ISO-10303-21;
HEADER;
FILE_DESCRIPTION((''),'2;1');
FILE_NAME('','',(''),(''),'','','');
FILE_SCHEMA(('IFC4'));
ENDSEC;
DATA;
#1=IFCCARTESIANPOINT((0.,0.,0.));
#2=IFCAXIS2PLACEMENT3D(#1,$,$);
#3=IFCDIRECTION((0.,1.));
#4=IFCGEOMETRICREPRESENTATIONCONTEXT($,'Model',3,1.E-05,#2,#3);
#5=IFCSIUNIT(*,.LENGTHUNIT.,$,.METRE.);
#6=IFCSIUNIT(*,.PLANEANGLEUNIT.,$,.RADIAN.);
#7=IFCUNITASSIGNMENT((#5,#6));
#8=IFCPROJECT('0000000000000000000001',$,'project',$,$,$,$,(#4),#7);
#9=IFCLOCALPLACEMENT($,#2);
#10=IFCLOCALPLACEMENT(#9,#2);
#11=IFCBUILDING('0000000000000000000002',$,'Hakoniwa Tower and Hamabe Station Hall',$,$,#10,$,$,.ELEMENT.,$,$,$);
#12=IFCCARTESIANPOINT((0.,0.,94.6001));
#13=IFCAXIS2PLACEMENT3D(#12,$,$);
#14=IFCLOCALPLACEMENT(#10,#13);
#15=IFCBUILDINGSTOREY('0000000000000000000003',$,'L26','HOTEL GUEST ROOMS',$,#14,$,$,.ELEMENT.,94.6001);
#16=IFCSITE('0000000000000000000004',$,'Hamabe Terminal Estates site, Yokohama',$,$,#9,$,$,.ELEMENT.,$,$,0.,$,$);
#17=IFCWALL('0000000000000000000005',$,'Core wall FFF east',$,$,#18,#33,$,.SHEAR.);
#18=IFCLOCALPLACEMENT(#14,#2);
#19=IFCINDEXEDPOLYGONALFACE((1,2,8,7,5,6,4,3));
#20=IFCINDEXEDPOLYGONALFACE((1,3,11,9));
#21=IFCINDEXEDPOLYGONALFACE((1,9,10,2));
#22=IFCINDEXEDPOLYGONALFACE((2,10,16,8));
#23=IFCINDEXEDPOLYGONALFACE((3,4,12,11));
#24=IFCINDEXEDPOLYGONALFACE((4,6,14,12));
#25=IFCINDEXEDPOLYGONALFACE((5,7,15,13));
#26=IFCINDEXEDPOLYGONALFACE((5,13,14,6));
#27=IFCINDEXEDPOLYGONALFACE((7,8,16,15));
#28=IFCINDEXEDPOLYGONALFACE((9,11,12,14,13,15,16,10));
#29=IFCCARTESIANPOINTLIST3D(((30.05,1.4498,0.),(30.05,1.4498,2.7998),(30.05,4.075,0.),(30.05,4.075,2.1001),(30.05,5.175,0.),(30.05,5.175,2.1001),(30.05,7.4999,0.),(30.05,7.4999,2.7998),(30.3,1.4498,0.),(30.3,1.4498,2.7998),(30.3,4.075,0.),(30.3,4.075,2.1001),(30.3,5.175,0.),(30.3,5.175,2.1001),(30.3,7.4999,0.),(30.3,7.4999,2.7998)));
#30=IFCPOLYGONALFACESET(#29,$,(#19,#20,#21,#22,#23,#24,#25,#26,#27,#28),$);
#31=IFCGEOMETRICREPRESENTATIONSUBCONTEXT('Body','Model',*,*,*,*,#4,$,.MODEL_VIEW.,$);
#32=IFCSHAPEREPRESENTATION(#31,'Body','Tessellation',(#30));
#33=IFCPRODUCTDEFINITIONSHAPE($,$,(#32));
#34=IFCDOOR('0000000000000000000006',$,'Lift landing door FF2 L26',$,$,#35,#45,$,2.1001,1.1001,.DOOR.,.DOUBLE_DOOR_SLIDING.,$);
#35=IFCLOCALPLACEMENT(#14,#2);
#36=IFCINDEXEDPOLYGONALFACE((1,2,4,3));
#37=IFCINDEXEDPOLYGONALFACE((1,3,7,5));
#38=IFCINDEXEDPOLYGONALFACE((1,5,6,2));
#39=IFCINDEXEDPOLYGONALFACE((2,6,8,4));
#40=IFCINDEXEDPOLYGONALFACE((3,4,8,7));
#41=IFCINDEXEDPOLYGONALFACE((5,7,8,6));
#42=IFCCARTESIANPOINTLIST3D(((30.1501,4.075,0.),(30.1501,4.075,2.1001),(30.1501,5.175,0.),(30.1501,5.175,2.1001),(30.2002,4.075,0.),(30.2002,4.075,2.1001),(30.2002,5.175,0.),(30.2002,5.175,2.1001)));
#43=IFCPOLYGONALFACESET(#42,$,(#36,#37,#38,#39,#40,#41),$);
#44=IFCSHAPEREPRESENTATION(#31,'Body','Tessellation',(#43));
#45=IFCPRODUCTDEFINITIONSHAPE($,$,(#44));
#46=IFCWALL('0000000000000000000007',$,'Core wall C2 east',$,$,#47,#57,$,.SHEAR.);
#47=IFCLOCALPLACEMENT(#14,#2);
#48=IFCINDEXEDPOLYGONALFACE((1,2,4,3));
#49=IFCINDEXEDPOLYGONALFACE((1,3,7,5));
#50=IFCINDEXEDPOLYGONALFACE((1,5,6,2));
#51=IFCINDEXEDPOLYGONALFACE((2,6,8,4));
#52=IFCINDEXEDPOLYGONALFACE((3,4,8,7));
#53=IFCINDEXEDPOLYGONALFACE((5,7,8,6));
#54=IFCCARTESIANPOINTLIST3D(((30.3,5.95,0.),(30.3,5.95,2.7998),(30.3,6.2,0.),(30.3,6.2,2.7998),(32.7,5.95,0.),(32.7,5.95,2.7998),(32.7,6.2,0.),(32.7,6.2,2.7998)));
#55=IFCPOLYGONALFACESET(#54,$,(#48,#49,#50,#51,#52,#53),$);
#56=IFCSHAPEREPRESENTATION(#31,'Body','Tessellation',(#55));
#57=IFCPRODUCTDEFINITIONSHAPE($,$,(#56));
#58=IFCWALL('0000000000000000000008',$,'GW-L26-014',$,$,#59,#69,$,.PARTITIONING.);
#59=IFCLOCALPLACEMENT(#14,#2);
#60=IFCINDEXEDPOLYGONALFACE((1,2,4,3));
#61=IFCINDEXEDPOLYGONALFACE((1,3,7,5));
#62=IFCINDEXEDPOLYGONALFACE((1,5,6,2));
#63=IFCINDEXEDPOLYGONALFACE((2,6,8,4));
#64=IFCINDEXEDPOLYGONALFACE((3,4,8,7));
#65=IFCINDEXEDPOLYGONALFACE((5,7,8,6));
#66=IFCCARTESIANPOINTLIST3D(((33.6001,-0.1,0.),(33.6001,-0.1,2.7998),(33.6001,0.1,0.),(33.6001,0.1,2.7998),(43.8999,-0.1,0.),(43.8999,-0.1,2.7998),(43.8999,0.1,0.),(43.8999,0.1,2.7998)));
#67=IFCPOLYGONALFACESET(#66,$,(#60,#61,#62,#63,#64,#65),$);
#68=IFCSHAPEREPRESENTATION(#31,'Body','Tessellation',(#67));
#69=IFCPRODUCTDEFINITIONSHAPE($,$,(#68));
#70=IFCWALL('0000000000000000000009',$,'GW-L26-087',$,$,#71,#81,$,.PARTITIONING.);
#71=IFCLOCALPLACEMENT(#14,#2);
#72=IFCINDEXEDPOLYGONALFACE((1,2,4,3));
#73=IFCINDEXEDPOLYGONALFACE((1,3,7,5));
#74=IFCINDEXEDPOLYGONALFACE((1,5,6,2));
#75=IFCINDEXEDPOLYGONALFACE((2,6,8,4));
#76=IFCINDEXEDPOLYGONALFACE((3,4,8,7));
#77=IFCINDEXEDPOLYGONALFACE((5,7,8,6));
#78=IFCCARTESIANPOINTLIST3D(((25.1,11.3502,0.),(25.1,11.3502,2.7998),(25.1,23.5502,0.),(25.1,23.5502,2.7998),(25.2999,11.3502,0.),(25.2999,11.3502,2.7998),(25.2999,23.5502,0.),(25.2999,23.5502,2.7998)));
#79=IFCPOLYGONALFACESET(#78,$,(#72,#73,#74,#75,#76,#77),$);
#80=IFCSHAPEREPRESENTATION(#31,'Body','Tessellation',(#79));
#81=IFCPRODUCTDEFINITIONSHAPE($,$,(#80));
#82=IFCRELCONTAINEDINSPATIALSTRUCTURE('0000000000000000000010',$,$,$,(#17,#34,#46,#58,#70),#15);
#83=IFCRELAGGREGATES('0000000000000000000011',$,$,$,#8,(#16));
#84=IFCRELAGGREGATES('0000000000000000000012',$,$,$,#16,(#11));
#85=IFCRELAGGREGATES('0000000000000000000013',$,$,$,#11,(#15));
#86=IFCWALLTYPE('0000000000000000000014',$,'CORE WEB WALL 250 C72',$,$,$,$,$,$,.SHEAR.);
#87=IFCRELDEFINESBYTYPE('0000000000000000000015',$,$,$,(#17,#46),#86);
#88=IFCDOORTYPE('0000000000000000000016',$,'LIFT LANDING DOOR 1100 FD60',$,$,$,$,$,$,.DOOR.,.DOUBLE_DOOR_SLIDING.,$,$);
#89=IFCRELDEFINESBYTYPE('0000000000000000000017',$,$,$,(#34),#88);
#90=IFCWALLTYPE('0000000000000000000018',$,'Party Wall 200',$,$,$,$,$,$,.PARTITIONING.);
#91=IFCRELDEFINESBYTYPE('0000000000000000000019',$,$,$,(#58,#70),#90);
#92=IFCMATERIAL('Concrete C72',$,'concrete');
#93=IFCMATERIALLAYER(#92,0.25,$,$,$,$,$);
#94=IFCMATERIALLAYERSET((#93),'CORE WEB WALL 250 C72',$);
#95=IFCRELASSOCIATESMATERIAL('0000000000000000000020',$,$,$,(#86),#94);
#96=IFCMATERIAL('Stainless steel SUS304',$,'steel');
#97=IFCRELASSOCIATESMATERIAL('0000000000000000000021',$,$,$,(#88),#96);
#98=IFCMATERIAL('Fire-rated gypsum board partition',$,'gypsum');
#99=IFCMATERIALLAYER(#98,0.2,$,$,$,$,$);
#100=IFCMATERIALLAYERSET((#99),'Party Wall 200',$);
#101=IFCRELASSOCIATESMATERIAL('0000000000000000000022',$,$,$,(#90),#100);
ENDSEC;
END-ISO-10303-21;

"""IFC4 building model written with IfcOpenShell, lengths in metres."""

from ifc_helpers import new_model, si_unit, direction, frame, frame_2d, origin, place, context, subcontext, project, spatial, rectangle, extrude, material, layer, layer_set, type_object, element, fill, save


model = new_model("IFC4")

# Units and contexts
model_context = context("Model", 3, precision=1e-05, world=origin(), true_north=direction((0.0, 1.0)))
body_context = subcontext(model_context, "Body", "Model", "MODEL_VIEW")
ifc_project = project(units=[si_unit("LENGTHUNIT", "METRE"), si_unit("PLANEANGLEUNIT", "RADIAN")], contexts=[model_context])

# Site, building, storey
site_placement = place(None, origin())
site = spatial("IfcSite", under=ifc_project, at=site_placement, Name="Hamabe Terminal Estates site, Yokohama", CompositionType="ELEMENT", RefElevation=0.0)
building_placement = place(site_placement, origin())
building = spatial("IfcBuilding", under=site, at=building_placement, Name="Hakoniwa Tower and Hamabe Station Hall", CompositionType="ELEMENT")
storey_placement = place(building_placement, frame((0.0, 0.0, 94.6001)))
storey = spatial("IfcBuildingStorey", under=building, at=storey_placement, Name="L26", Description="HOTEL GUEST ROOMS", CompositionType="ELEMENT", Elevation=94.6001)

# Shared definitions
ifc_material_1 = material(Name="Concrete C72", Category="concrete")
ifc_layer_1 = layer(ifc_material_1, 0.25)
ifc_layer_set_1 = layer_set([ifc_layer_1], Name="CORE WEB WALL 250 C72")
wall_type_1 = type_object("IfcWallType", Name="CORE WEB WALL 250 C72", PredefinedType="SHEAR", material=ifc_layer_set_1)
ifc_material_2 = material(Name="Stainless steel SUS304", Category="steel")
door_type_1 = type_object("IfcDoorType", Name="LIFT LANDING DOOR 1100 FD60", OperationType="DOUBLE_DOOR_SLIDING", PredefinedType="DOOR", material=ifc_material_2)

# Wall, opening, door
wall_1_placement = place(storey_placement, frame((30.175, 1.45, 0.0), z_axis=(0.0, 0.0, 1.0), x_axis=(0.0, 1.0, 0.0)))
wall_1 = element("IfcWall", 1, at=wall_1_placement, inside=storey, type_object=wall_type_1, Name="Core wall FFF east", PredefinedType="SHEAR", context=body_context, shape_type="SweptSolid", body=[
    extrude(rectangle(XDim=6.05, YDim=0.25, at=frame_2d((3.0249, 0.0))), origin(), (0.0, 0.0, 1.0), 2.7998),
])
opening_1_placement = place(wall_1_placement, frame((2.625, 0.0, 0.0)))
opening_1 = element("IfcOpeningElement", 2, at=opening_1_placement, cuts=wall_1, PredefinedType="OPENING", context=body_context, shape_type="SweptSolid", body=[
    extrude(rectangle(XDim=1.1001, YDim=2.1001, at=frame_2d((0.55, 1.05))), frame((0.0, 0.135, 0.0), z_axis=(0.0, -1.0, 0.0), x_axis=(1.0, 0.0, 0.0)), (0.0, 0.0, 1.0), 0.27),
])
door_1_placement = place(opening_1_placement, origin())
door_1 = element("IfcDoor", 3, at=door_1_placement, inside=storey, type_object=door_type_1, Name="Lift landing door FF2 L26", OperationType="DOUBLE_DOOR_SLIDING", OverallHeight=2.1001, OverallWidth=1.1001, PredefinedType="DOOR", context=body_context, shape_type="SweptSolid", body=[
    extrude(rectangle(XDim=1.1001, YDim=2.1001, at=frame_2d((0.55, 1.05))), frame((0.0, 0.0249, 0.0), z_axis=(0.0, -1.0, 0.0), x_axis=(1.0, 0.0, 0.0)), (0.0, 0.0, 1.0), 0.05),
])
fill(opening_1, door_1)

# Walls
wall_2_placement = place(storey_placement, frame((30.3, 6.075, 0.0), z_axis=(0.0, 0.0, 1.0), x_axis=(1.0, 0.0, 0.0)))
element("IfcWall", 4, at=wall_2_placement, inside=storey, type_object=wall_type_1, Name="Core wall C2 east", PredefinedType="SHEAR", context=body_context, shape_type="SweptSolid", body=[
    extrude(rectangle(XDim=2.3999, YDim=0.25, at=frame_2d((1.2, 0.0))), origin(), (0.0, 0.0, 1.0), 2.7998),
])
ifc_material_3 = material(Name="Fire-rated gypsum board partition", Category="gypsum")
ifc_layer_2 = layer(ifc_material_3, 0.2)
ifc_layer_set_2 = layer_set([ifc_layer_2], Name="Party Wall 200")
wall_type_2 = type_object("IfcWallType", Name="Party Wall 200", PredefinedType="PARTITIONING", material=ifc_layer_set_2)
wall_3_placement = place(storey_placement, frame((33.6001, 0.0, 0.0), z_axis=(0.0, 0.0, 1.0), x_axis=(1.0, 0.0, 0.0)))
element("IfcWall", 5, at=wall_3_placement, inside=storey, type_object=wall_type_2, Name="GW-L26-014", PredefinedType="PARTITIONING", context=body_context, shape_type="SweptSolid", body=[
    extrude(rectangle(XDim=10.2998, YDim=0.2, at=frame_2d((5.1499, 0.0))), origin(), (0.0, 0.0, 1.0), 2.7998),
])
wall_4_placement = place(storey_placement, frame((25.2, 11.3501, 0.0), z_axis=(0.0, 0.0, 1.0), x_axis=(0.0, 1.0, 0.0)))
element("IfcWall", 6, at=wall_4_placement, inside=storey, type_object=wall_type_2, Name="GW-L26-087", PredefinedType="PARTITIONING", context=body_context, shape_type="SweptSolid", body=[
    extrude(rectangle(XDim=12.2, YDim=0.2, at=frame_2d((6.1001, 0.0))), origin(), (0.0, 0.0, 1.0), 2.7998),
])

save(model, "model.ifc")
